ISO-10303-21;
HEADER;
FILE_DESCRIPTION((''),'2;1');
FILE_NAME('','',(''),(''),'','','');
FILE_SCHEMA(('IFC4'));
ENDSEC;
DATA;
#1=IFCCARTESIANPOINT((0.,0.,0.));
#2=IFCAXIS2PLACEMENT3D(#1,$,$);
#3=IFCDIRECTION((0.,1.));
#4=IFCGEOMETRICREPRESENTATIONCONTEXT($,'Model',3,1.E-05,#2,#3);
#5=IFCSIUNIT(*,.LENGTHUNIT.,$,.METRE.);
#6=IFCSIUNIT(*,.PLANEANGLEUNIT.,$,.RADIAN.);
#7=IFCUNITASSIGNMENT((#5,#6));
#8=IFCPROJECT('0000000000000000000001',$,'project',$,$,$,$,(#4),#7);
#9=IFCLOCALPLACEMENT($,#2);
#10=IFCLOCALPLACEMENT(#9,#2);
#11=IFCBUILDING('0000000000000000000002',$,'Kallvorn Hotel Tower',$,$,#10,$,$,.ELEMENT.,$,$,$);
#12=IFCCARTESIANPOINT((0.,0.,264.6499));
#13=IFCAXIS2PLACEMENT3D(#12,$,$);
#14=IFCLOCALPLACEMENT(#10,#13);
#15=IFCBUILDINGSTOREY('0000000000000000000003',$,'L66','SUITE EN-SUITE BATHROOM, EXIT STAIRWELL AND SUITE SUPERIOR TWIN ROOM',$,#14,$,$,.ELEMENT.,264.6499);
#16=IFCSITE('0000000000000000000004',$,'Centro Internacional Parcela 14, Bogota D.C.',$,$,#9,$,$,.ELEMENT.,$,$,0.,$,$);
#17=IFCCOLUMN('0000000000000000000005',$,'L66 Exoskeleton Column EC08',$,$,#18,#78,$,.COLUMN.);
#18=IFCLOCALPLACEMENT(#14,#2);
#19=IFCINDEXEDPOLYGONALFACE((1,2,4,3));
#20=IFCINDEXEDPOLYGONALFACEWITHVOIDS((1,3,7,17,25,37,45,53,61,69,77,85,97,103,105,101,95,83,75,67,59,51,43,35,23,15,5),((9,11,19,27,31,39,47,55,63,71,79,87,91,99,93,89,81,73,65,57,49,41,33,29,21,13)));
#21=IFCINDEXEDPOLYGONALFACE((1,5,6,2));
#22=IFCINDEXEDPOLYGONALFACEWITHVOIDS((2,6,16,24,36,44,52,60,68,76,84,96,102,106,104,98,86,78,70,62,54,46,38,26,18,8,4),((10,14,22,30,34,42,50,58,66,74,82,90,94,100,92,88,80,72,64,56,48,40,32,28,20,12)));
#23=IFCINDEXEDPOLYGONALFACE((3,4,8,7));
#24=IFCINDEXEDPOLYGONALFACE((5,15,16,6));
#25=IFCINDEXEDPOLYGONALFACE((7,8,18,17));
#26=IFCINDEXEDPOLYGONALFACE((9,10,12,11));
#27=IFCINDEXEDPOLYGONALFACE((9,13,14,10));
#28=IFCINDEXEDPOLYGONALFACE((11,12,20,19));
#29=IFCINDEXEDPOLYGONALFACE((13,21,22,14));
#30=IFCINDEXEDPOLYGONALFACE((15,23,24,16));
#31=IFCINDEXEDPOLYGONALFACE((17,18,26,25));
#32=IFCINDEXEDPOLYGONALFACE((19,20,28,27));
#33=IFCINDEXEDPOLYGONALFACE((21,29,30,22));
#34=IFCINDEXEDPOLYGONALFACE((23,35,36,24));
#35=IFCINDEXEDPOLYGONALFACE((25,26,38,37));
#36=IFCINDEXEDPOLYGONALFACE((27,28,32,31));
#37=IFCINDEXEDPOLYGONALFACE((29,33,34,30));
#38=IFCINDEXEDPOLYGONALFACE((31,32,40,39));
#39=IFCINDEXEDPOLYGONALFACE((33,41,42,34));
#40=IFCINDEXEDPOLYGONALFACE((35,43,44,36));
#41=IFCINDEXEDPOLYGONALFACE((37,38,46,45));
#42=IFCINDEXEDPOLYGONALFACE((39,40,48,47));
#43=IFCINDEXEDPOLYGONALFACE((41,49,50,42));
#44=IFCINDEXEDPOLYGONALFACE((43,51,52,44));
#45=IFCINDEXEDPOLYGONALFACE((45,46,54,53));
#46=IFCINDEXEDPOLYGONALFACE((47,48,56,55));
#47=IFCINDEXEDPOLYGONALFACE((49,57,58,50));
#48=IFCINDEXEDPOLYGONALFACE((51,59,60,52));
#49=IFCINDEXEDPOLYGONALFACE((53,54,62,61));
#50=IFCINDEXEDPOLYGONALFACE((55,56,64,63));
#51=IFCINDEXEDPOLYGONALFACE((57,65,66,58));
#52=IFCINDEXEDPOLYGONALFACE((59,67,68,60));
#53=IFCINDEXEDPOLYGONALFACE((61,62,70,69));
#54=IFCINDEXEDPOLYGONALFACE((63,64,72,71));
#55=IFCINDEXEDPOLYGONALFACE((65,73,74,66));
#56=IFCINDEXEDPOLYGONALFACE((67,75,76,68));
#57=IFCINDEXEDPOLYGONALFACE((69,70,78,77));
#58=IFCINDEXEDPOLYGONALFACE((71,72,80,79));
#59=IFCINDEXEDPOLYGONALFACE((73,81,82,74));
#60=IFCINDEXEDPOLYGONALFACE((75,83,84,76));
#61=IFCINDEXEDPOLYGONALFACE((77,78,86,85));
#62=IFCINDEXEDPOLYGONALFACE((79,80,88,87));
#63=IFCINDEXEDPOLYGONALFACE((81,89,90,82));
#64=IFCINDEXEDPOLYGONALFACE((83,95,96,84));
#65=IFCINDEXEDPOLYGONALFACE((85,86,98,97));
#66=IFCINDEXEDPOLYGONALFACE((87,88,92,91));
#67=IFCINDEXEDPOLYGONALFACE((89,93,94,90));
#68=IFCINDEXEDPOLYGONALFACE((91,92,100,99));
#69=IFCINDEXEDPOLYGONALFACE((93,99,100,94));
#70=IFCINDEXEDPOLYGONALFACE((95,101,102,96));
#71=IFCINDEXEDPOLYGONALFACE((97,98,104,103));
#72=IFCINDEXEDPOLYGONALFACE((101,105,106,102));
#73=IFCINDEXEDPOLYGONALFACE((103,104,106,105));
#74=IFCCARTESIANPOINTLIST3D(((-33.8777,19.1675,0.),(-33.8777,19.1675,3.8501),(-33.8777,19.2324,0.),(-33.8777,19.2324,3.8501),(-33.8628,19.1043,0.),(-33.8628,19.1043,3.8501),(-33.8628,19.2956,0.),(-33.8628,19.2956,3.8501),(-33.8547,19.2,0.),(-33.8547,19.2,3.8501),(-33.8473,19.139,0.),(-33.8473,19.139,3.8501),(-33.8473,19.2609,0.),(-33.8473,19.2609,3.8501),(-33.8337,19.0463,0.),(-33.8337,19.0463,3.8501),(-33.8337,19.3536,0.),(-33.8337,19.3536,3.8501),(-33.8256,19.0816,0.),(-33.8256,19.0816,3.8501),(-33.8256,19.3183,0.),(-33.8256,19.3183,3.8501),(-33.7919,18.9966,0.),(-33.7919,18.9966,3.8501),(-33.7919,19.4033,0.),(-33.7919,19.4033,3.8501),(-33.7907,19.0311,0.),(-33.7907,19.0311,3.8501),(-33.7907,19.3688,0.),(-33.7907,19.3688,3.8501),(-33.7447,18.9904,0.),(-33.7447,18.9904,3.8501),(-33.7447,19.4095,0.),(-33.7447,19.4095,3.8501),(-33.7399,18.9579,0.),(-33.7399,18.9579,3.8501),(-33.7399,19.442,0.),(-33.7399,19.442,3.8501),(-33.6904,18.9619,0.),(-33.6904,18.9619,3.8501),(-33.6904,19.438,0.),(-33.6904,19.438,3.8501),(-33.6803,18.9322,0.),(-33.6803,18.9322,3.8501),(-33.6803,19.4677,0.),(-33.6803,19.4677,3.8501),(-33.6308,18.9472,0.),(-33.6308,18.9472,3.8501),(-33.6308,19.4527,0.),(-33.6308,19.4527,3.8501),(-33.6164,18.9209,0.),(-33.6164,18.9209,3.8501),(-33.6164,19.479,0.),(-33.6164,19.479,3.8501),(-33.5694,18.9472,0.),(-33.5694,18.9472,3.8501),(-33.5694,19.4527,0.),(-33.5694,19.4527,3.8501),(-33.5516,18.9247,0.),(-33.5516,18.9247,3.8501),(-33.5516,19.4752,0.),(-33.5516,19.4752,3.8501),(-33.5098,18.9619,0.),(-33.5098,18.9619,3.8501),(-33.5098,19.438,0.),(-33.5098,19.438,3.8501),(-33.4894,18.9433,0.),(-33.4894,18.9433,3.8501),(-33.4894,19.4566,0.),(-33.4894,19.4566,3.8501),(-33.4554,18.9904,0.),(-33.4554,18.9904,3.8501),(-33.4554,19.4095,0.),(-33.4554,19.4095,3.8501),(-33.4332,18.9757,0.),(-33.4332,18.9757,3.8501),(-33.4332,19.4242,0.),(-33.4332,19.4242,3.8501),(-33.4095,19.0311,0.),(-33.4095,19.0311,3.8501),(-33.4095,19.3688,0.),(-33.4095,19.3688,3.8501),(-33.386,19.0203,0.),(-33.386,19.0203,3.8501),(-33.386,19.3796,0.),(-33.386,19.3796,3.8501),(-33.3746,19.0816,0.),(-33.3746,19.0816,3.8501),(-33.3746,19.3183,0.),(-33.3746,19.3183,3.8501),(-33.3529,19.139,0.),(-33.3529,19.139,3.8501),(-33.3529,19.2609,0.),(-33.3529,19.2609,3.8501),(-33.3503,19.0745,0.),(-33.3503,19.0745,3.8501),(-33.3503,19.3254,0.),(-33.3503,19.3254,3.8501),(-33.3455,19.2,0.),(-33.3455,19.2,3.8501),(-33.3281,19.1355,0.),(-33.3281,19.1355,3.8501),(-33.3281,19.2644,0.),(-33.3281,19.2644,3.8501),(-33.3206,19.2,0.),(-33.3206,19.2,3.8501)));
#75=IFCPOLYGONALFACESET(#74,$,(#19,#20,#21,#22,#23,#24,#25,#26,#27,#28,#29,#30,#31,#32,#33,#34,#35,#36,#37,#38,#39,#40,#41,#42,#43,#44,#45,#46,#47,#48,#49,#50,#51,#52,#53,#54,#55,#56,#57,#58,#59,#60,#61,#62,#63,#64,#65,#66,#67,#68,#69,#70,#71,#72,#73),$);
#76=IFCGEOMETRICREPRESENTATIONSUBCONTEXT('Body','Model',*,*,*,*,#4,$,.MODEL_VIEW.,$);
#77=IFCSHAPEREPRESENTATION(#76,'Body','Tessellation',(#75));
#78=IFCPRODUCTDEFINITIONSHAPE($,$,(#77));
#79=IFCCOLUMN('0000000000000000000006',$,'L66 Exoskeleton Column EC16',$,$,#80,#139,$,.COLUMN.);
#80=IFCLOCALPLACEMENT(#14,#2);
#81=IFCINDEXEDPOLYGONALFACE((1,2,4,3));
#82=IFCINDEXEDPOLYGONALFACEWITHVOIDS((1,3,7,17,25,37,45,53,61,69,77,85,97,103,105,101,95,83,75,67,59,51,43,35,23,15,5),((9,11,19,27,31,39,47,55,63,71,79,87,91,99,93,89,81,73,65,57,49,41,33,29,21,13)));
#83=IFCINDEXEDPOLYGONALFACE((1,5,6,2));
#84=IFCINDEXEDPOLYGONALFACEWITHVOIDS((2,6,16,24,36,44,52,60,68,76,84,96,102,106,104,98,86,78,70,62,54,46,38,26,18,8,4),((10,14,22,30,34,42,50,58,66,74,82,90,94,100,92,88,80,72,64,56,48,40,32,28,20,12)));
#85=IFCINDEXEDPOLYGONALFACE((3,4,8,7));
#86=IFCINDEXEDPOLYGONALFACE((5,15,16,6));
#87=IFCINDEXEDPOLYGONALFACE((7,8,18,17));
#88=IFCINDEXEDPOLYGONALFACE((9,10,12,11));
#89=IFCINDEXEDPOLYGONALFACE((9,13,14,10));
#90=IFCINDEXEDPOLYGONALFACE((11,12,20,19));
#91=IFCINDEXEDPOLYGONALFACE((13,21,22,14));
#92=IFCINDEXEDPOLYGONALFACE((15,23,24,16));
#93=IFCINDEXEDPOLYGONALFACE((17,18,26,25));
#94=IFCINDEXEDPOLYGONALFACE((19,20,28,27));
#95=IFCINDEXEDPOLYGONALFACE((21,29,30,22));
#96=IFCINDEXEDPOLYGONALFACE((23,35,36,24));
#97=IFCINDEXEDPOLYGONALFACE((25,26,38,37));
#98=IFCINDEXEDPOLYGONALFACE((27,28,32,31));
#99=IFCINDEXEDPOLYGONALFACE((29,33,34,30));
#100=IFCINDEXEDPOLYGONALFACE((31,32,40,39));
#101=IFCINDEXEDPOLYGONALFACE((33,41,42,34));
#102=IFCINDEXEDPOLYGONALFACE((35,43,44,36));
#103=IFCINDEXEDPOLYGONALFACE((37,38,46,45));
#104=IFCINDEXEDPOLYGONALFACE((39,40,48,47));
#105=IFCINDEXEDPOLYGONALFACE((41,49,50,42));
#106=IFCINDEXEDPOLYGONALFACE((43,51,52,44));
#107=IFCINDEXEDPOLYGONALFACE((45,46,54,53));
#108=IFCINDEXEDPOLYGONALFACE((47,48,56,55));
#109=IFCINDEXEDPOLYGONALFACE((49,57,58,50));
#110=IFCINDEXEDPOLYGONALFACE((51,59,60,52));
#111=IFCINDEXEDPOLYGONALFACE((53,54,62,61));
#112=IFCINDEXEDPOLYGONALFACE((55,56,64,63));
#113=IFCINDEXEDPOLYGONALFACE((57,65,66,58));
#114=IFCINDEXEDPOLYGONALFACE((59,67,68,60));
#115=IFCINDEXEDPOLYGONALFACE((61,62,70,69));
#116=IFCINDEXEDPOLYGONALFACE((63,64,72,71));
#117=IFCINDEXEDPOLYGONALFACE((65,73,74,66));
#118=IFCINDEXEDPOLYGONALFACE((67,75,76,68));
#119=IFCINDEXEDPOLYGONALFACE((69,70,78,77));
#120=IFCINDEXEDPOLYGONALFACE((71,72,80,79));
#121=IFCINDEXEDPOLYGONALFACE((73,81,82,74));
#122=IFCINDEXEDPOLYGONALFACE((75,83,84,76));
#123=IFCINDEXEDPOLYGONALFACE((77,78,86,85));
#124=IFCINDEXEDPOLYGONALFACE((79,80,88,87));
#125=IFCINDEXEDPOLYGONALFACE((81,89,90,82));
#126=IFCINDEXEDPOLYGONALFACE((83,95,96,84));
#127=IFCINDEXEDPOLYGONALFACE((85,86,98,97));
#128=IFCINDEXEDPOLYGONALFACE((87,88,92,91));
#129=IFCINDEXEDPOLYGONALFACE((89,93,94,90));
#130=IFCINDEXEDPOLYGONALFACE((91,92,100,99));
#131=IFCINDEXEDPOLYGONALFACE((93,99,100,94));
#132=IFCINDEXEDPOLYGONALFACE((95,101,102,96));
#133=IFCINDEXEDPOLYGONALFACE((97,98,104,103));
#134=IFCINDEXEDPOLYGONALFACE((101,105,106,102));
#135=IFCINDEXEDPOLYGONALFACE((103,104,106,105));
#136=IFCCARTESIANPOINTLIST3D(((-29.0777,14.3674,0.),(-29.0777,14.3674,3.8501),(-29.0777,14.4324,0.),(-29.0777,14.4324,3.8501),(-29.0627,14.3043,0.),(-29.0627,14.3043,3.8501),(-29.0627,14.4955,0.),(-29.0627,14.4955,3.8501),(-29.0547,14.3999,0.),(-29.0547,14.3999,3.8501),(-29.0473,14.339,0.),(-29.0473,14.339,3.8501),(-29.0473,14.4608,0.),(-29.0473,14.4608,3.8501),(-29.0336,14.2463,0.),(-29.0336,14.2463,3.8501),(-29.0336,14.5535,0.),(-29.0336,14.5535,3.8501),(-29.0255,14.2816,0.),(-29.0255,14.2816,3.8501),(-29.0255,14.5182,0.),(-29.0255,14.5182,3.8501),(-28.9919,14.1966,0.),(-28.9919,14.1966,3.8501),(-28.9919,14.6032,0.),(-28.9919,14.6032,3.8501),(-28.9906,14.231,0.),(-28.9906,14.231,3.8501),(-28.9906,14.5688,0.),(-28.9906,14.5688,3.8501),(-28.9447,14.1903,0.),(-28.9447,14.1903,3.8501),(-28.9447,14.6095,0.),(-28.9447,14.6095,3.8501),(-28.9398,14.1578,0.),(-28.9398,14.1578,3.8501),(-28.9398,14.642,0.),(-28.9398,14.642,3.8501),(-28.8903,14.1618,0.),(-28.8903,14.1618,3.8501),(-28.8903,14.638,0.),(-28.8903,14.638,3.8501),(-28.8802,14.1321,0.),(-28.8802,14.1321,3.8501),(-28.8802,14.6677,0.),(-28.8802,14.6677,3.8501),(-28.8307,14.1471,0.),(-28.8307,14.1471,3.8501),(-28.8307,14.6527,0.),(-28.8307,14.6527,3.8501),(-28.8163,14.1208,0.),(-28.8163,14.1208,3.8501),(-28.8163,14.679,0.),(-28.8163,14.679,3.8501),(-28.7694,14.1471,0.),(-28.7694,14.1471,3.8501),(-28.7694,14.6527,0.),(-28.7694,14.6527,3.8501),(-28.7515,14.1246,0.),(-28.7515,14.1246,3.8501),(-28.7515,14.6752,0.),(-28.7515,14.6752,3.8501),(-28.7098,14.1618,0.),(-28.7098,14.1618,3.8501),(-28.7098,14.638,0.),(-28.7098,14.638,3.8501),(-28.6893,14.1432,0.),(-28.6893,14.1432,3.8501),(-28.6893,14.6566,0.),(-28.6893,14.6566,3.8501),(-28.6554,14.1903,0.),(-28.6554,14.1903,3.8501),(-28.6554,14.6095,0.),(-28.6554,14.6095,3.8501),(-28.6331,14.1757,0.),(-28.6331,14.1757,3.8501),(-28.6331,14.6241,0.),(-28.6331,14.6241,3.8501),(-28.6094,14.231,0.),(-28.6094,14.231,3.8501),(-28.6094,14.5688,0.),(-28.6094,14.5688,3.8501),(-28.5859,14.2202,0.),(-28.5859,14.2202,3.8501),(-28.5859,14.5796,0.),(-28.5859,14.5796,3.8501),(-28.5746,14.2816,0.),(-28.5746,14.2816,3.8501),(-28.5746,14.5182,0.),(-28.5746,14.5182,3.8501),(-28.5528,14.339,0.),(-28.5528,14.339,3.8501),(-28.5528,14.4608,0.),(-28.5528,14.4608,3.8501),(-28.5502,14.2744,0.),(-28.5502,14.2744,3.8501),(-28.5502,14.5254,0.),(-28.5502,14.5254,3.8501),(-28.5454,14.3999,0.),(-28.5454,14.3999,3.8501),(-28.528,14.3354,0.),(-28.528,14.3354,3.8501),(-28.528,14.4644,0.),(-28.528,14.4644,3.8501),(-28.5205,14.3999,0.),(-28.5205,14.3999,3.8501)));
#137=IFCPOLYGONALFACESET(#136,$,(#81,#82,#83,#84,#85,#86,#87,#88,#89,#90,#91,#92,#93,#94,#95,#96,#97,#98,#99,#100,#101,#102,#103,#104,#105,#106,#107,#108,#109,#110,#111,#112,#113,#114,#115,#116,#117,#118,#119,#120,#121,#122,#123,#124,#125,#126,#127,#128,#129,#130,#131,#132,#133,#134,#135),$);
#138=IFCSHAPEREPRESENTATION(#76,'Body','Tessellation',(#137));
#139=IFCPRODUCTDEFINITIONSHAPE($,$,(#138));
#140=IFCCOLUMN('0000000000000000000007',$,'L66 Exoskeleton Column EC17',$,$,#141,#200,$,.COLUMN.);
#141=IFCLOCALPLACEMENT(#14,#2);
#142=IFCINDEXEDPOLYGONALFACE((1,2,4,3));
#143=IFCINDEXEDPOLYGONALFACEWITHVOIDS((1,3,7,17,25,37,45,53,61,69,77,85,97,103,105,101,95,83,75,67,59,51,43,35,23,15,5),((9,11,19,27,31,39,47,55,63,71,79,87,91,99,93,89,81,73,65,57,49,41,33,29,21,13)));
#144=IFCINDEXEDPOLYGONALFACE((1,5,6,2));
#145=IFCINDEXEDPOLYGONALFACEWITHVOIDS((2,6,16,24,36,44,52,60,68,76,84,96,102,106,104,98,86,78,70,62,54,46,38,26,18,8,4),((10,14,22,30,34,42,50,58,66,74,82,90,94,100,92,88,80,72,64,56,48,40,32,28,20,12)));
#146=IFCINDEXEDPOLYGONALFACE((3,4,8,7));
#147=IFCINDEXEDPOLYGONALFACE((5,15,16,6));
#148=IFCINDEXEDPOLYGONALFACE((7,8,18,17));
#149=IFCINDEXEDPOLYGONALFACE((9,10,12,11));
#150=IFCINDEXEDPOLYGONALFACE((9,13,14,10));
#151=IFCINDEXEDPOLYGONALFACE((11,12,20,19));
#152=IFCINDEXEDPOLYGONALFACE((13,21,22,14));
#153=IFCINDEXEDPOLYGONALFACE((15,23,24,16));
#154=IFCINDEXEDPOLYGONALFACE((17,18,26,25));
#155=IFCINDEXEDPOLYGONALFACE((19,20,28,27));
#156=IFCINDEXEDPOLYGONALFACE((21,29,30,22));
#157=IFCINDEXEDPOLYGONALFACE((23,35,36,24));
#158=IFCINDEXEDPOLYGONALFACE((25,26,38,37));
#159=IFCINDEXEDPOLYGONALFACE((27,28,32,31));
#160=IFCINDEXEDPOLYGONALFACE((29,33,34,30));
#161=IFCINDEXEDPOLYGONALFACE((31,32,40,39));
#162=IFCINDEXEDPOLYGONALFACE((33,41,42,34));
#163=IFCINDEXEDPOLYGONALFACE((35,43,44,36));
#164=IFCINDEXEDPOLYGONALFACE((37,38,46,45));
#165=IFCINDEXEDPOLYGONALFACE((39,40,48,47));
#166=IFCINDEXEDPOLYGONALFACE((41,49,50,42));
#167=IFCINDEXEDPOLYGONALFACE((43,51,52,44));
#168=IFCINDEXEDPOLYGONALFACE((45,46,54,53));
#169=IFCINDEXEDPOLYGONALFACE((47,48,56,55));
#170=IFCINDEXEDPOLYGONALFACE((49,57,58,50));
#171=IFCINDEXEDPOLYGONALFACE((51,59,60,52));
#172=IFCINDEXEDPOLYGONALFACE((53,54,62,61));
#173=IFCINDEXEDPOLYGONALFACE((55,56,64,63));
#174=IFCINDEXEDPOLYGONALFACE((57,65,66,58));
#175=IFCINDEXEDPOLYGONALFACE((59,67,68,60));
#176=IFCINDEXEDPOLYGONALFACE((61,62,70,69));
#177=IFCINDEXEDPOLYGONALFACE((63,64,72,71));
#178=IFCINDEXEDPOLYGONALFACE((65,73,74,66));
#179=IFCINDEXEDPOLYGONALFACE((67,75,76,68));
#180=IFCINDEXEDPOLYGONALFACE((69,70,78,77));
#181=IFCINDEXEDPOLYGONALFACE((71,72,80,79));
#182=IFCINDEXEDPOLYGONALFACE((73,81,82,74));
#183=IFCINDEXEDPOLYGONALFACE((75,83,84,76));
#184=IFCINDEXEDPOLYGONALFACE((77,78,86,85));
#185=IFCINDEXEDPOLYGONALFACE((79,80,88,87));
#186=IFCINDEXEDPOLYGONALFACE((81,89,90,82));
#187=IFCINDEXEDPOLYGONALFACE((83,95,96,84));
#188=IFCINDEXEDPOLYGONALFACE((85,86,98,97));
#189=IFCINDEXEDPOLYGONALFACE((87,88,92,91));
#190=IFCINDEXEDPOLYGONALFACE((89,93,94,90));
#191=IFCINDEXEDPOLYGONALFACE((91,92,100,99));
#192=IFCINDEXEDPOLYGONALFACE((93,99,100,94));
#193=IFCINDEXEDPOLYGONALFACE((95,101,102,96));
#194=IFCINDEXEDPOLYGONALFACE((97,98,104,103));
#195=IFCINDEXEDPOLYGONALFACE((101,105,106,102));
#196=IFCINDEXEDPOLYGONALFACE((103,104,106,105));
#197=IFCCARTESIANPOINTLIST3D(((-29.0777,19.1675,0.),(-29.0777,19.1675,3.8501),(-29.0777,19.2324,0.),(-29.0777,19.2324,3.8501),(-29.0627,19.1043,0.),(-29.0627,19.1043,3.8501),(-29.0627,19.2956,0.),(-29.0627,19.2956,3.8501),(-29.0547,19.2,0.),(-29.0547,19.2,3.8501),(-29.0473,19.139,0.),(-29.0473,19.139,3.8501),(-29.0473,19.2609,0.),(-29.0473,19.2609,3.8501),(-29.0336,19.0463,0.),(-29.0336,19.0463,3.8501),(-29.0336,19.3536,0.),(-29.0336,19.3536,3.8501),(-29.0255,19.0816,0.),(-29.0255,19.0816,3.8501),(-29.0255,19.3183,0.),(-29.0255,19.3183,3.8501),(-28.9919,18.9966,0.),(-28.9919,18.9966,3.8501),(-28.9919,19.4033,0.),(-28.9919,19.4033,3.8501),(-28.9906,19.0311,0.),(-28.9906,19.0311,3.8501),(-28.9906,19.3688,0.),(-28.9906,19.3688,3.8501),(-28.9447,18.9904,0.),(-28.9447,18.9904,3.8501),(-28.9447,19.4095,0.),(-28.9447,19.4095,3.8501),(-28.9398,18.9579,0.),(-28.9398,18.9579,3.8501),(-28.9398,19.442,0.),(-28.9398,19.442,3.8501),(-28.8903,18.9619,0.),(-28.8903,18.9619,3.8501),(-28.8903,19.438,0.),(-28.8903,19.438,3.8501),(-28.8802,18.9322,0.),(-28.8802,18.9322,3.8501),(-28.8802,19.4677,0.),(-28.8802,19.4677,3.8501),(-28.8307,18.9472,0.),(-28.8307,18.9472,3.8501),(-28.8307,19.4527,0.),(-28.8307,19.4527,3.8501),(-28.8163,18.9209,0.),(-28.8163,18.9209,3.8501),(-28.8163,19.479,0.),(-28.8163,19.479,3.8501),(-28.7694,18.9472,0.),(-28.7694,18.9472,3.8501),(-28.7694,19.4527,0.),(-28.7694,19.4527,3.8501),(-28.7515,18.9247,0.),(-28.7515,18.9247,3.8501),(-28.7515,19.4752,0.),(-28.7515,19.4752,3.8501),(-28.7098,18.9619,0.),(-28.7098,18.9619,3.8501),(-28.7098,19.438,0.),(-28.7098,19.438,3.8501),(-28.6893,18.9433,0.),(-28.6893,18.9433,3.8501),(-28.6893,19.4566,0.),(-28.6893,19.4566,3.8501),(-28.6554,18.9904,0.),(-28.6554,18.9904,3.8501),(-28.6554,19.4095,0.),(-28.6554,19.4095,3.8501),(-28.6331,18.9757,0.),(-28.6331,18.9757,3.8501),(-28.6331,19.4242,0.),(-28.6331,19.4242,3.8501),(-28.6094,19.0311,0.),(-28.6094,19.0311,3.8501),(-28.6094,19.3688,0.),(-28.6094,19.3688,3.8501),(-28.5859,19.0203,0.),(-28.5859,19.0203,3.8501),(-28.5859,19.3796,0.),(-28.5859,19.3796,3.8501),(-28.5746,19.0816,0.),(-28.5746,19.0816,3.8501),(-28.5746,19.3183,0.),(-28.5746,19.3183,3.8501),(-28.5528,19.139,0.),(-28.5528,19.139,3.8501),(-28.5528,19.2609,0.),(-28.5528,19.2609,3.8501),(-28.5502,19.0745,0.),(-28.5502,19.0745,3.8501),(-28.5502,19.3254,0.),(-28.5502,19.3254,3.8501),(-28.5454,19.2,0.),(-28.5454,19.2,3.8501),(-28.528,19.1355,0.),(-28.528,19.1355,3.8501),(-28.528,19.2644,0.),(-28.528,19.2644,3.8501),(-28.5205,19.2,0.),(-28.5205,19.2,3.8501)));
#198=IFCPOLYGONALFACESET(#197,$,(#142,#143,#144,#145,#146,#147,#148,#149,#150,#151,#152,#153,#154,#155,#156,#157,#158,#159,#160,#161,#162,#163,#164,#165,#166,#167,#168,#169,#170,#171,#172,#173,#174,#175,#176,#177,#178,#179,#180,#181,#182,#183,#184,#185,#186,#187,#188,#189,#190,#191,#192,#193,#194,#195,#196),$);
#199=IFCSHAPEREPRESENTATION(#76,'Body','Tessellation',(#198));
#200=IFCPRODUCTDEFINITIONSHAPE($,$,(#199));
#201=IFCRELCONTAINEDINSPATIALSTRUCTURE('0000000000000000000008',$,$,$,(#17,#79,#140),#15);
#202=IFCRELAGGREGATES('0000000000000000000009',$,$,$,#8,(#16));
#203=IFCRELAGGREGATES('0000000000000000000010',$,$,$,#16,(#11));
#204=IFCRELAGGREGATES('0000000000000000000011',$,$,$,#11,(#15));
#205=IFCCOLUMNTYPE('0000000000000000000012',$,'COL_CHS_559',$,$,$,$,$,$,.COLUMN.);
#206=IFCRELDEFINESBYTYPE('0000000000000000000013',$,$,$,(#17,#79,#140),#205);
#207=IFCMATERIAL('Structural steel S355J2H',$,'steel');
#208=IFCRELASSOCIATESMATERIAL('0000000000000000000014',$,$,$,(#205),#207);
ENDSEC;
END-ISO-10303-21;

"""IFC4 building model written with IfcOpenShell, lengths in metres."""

from ifc_helpers import new_model, si_unit, direction, frame, origin, origin_2d, place, context, subcontext, project, spatial, hollow_circle, extrude, material, material_profile, profile_set, type_object, element, save


model = new_model("IFC4")

# Units and contexts
model_context = context("Model", 3, precision=1e-05, world=origin(), true_north=direction((0.0, 1.0)))
body_context = subcontext(model_context, "Body", "Model", "MODEL_VIEW")
ifc_project = project(units=[si_unit("LENGTHUNIT", "METRE"), si_unit("PLANEANGLEUNIT", "RADIAN")], contexts=[model_context])

# Site, building, storey
site_placement = place(None, origin())
site = spatial("IfcSite", under=ifc_project, at=site_placement, Name="Centro Internacional Parcela 14, Bogota D.C.", CompositionType="ELEMENT", RefElevation=0.0)
building_placement = place(site_placement, origin())
building = spatial("IfcBuilding", under=site, at=building_placement, Name="Kallvorn Hotel Tower", CompositionType="ELEMENT")
storey_placement = place(building_placement, frame((0.0, 0.0, 264.6499)))
storey = spatial("IfcBuildingStorey", under=building, at=storey_placement, Name="L66", Description="SUITE EN-SUITE BATHROOM, EXIT STAIRWELL AND SUITE SUPERIOR TWIN ROOM", CompositionType="ELEMENT", Elevation=264.6499)

# Columns
ifc_material_1 = material(Name="Structural steel S355J2H", Category="steel")
ifc_material_profile_1 = material_profile(ifc_material_1, hollow_circle(Radius=0.2795, WallThickness=0.0249, at=origin_2d()), Name="CHS 559x25")
ifc_profile_set_1 = profile_set([ifc_material_profile_1], Name="Structural steel S355J2H")
column_type_1 = type_object("IfcColumnType", Name="COL_CHS_559", PredefinedType="COLUMN", material=ifc_profile_set_1)
for number, where, z_axis, x_axis, name in (
    (1, (-33.6001, 19.2, 0.0), (0.0, 0.0, 1.0), (1.0, 0.0, 0.0), "L66 Exoskeleton Column EC08"),
    (2, (-28.8, 14.3999, 0.0), (0.0, 0.0, 1.0), (1.0, 0.0, 0.0), "L66 Exoskeleton Column EC16"),
    (3, (-28.8, 19.2, 0.0), (0.0, 0.0, 1.0), (1.0, 0.0, 0.0), "L66 Exoskeleton Column EC17"),
):
    element("IfcColumn", number, at=place(storey_placement, frame(where, z_axis=z_axis, x_axis=x_axis)), inside=storey, type_object=column_type_1, Name=name, PredefinedType="COLUMN", context=body_context, shape_type="SweptSolid", body=[
        extrude(hollow_circle(Radius=0.2795, WallThickness=0.0249, at=origin_2d()), origin(), (0.0, 0.0, 1.0), 3.8501),
    ])

save(model, "model.ifc")
